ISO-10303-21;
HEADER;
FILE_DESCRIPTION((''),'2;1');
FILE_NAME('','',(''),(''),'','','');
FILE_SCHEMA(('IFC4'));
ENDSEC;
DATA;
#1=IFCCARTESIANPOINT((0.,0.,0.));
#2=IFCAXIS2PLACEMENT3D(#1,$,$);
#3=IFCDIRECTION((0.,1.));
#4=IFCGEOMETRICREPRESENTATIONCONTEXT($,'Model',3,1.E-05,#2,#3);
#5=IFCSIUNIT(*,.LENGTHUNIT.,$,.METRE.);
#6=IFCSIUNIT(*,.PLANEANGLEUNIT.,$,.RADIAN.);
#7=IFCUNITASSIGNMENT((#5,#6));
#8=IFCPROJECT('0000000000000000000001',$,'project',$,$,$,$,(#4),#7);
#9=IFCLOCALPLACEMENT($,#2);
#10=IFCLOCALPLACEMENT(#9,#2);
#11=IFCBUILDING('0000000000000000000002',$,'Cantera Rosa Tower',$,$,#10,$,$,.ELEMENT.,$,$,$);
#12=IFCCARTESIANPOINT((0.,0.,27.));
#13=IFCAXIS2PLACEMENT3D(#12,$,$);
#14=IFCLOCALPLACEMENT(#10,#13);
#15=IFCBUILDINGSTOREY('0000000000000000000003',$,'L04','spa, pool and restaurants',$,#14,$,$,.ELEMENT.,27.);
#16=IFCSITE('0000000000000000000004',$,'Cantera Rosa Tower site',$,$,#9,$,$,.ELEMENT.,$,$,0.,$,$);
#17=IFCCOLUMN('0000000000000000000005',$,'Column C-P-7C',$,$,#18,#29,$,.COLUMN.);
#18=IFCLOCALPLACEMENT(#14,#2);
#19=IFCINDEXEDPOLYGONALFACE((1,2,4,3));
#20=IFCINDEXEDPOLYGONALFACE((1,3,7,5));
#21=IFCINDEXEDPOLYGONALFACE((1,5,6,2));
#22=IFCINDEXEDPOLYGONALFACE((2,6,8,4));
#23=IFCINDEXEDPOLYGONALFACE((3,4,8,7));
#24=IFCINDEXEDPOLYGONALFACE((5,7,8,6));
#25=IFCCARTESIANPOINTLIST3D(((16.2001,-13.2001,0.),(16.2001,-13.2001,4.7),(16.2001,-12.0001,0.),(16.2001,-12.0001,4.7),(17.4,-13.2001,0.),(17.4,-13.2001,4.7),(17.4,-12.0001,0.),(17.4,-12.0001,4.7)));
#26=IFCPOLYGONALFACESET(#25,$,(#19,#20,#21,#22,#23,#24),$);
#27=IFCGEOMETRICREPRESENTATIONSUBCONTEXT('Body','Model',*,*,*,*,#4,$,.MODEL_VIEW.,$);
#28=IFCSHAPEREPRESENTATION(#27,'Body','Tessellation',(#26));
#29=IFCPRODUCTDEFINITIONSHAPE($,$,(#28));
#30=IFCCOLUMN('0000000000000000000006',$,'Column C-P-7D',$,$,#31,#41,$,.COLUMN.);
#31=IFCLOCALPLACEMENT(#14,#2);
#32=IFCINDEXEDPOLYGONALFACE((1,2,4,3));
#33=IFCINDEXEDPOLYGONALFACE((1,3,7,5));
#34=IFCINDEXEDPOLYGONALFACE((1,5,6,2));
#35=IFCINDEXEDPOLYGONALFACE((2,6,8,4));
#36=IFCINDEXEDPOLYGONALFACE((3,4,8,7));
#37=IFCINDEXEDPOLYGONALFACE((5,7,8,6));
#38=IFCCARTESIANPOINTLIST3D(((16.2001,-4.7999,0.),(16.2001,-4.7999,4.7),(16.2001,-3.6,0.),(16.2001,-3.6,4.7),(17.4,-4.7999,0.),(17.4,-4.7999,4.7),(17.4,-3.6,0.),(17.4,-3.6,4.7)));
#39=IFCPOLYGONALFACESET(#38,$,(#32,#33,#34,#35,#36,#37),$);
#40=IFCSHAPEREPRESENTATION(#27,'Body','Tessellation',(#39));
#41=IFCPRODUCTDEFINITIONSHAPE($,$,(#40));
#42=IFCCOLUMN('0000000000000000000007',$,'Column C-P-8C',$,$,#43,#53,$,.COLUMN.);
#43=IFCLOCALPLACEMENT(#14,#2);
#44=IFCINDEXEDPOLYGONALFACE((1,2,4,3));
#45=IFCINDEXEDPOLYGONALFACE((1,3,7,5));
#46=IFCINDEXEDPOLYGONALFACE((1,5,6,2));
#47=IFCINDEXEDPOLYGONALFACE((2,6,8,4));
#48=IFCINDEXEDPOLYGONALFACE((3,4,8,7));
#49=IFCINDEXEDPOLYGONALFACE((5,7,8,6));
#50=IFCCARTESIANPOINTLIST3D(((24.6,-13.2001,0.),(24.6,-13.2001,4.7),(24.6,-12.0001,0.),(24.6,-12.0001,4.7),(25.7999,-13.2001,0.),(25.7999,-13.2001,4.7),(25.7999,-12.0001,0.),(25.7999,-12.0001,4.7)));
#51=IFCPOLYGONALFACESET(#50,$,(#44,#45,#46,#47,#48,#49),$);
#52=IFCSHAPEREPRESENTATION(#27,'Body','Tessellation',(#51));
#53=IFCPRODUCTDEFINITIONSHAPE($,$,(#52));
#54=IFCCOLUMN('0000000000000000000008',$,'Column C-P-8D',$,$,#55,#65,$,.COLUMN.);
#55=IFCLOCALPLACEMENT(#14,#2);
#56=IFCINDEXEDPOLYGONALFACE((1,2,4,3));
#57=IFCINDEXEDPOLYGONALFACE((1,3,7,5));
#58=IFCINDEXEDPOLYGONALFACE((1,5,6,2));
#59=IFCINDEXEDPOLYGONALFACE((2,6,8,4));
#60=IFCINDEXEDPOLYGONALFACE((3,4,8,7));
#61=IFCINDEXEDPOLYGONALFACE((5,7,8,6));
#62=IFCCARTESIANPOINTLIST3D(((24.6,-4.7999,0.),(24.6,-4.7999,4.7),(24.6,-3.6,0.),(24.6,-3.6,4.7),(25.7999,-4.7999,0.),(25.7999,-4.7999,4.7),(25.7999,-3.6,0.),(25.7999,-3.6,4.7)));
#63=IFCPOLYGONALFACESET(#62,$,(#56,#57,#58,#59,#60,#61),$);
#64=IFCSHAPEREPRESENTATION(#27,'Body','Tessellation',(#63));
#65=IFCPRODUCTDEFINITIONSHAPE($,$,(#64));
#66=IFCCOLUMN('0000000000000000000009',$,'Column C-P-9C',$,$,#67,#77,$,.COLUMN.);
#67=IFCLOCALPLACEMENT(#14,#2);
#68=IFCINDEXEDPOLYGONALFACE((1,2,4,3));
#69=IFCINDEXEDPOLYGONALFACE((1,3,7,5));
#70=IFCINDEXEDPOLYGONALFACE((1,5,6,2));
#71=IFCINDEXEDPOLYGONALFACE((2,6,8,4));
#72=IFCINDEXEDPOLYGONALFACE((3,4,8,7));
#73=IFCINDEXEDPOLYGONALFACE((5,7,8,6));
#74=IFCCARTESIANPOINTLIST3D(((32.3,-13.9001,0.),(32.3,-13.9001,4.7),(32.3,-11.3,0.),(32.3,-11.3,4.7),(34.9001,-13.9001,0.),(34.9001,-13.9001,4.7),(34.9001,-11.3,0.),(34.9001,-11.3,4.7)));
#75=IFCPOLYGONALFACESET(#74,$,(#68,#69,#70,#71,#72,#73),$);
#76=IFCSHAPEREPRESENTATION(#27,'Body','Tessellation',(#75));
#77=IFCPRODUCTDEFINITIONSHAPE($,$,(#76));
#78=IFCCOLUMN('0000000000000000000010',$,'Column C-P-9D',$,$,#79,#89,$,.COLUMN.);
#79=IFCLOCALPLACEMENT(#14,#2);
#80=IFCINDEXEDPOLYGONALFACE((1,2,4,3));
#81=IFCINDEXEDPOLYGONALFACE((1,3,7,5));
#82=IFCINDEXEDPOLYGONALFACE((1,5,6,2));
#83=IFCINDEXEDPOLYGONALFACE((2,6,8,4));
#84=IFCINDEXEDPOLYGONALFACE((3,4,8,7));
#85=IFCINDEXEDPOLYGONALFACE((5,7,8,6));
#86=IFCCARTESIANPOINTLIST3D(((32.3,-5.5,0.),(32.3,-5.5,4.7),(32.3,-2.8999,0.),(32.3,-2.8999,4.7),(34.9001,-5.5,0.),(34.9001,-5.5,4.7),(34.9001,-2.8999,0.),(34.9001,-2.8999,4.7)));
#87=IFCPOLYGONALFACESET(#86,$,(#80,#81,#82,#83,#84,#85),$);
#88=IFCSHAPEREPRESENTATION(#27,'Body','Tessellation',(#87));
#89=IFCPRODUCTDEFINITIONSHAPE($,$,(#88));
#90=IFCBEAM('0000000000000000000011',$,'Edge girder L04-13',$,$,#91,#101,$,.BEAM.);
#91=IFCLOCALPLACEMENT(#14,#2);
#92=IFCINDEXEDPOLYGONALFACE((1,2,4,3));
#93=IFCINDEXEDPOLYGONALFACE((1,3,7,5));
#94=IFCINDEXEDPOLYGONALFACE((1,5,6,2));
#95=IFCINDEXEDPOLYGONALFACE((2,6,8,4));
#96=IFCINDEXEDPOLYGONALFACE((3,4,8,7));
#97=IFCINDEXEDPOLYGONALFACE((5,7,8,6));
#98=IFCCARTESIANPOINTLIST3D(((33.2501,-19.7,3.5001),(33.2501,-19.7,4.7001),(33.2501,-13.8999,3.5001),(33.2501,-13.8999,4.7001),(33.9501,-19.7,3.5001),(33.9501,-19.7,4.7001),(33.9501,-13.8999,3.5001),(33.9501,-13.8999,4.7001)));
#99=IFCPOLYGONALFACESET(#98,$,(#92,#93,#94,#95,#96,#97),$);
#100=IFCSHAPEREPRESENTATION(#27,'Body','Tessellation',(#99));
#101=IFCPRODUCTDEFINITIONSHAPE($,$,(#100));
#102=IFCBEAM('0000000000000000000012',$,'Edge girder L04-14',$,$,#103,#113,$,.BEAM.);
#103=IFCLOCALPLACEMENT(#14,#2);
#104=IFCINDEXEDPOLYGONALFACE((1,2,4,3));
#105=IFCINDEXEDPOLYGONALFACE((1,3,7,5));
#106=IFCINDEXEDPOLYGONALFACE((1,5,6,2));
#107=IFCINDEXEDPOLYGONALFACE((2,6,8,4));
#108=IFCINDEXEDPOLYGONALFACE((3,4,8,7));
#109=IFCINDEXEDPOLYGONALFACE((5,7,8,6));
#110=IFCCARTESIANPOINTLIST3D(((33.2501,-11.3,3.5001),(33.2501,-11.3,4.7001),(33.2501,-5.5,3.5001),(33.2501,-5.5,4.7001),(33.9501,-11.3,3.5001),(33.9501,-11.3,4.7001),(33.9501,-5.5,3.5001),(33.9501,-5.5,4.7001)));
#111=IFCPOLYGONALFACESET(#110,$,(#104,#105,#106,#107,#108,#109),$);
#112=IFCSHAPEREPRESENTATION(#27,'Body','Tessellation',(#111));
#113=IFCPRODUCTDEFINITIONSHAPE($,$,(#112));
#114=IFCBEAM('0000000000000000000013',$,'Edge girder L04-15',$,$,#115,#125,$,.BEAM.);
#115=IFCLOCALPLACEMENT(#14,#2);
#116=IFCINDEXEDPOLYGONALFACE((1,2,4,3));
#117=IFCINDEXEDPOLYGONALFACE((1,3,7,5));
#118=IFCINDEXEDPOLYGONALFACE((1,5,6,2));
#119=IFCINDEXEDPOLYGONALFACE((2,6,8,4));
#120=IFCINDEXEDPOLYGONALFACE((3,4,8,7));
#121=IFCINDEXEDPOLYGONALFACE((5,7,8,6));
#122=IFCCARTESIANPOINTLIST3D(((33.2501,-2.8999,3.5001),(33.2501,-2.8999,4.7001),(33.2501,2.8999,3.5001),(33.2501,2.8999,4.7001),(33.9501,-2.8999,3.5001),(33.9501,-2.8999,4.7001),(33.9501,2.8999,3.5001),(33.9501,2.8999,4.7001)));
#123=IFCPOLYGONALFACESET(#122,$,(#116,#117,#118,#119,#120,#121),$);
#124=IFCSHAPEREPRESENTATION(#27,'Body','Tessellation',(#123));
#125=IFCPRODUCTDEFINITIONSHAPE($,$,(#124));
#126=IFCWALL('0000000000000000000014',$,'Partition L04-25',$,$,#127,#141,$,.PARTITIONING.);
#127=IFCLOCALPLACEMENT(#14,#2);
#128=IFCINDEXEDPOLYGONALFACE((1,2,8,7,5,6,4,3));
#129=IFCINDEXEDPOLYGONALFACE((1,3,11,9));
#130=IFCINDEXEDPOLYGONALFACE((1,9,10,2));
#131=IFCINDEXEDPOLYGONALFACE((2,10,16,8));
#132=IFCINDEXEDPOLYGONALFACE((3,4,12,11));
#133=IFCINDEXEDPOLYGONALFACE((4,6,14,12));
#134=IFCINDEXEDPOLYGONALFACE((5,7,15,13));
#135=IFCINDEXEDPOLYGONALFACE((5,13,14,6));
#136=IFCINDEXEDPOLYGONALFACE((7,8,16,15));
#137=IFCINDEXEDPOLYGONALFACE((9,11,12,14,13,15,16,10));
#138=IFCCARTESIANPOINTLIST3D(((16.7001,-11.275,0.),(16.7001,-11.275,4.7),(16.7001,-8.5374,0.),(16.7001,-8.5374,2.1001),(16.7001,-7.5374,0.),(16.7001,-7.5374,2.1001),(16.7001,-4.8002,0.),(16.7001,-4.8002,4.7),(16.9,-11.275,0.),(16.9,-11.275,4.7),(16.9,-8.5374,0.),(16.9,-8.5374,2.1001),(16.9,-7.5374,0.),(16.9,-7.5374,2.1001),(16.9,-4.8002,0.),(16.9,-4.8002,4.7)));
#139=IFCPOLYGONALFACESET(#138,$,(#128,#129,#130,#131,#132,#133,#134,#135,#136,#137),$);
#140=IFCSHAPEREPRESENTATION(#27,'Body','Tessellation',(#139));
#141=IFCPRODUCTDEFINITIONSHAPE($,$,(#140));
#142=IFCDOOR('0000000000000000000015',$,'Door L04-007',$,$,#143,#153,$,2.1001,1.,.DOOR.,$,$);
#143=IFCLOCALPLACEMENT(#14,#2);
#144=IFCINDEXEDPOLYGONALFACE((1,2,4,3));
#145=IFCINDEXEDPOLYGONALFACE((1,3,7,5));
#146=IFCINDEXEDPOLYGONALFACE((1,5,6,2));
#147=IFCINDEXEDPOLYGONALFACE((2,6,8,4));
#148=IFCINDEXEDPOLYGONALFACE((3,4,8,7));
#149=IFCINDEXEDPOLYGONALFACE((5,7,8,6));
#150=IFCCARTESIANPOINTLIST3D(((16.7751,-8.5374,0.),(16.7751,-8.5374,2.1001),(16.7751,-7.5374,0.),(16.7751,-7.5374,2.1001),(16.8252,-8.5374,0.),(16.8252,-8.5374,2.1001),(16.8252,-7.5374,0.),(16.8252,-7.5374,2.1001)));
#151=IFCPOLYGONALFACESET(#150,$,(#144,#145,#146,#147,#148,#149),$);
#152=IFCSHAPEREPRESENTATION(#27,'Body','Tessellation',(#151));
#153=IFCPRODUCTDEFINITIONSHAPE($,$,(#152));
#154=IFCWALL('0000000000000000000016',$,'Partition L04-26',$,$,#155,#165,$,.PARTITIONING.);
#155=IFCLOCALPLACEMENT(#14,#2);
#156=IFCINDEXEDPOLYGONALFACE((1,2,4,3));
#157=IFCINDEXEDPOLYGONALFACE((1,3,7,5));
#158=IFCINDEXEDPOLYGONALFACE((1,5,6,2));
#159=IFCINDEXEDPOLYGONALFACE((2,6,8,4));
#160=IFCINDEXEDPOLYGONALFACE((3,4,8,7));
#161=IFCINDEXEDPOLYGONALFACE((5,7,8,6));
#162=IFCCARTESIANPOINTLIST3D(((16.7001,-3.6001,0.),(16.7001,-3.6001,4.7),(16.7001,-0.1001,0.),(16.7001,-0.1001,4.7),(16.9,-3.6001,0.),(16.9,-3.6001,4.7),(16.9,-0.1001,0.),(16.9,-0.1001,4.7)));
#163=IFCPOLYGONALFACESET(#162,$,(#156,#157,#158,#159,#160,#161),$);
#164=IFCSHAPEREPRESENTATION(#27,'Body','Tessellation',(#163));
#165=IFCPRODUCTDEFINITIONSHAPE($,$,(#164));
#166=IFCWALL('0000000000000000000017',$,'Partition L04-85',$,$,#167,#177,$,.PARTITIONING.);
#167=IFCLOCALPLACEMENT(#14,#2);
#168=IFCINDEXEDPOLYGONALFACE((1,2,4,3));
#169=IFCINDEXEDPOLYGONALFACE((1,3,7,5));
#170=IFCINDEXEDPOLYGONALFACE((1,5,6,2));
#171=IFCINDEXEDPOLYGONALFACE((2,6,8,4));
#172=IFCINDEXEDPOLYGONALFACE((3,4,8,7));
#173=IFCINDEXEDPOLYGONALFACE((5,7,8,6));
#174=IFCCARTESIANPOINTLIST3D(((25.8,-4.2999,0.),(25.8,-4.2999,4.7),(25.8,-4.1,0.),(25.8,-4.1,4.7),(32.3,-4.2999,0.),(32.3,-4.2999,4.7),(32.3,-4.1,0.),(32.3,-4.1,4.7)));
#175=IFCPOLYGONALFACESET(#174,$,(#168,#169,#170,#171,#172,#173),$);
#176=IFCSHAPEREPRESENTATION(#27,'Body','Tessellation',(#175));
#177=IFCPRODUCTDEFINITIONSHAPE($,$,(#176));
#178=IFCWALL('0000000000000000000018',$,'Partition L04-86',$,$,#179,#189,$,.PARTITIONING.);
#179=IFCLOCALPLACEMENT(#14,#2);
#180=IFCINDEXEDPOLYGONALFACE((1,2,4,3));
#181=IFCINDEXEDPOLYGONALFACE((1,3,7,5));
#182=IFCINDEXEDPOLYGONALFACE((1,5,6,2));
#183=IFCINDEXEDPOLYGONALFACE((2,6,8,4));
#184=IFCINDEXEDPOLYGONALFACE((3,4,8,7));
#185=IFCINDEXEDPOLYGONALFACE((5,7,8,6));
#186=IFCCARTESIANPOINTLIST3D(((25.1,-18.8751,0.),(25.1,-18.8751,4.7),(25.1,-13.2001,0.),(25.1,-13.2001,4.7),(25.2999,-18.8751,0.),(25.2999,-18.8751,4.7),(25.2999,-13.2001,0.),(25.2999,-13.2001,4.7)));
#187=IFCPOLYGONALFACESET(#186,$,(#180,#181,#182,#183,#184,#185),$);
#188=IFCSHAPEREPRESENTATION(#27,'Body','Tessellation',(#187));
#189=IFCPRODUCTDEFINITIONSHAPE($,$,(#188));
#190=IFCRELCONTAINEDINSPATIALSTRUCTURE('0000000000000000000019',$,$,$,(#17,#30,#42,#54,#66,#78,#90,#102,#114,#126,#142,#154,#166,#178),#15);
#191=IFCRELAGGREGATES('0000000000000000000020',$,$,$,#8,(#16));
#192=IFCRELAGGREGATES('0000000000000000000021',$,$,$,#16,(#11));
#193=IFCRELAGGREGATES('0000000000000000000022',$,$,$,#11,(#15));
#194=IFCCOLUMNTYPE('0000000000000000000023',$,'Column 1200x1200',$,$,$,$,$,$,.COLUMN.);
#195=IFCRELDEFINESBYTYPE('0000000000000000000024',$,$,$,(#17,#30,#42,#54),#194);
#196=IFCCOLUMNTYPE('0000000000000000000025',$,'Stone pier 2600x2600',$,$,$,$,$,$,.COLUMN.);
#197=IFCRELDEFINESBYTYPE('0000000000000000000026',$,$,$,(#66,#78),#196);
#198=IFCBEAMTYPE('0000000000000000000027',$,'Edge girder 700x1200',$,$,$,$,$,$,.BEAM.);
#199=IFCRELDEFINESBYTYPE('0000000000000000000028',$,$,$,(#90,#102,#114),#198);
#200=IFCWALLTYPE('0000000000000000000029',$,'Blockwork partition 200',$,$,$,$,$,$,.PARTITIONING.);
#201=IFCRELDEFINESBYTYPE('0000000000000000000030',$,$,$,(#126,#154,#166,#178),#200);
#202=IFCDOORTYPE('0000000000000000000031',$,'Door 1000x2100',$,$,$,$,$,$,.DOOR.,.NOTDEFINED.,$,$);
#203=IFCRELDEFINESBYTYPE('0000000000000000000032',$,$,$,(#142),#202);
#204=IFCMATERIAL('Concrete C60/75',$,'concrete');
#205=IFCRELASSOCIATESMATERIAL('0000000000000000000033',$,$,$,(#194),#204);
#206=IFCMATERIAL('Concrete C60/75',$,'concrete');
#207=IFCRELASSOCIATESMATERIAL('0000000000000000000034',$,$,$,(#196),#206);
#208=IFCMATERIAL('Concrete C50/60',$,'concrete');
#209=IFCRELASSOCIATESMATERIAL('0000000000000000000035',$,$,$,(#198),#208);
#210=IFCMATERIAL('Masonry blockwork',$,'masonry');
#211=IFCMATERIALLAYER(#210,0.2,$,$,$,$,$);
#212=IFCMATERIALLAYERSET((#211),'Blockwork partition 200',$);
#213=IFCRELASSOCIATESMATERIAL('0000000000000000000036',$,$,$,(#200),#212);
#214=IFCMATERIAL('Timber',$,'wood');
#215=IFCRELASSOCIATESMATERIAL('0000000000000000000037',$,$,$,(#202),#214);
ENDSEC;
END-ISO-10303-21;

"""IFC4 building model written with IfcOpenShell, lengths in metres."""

from ifc_helpers import new_model, si_unit, direction, frame, frame_2d, origin, origin_2d, place, context, subcontext, project, spatial, rectangle, extrude, material, layer, layer_set, material_profile, profile_set, type_object, element, fill, save


model = new_model("IFC4")

# Units and contexts
model_context = context("Model", 3, precision=1e-05, world=origin(), true_north=direction((0.0, 1.0)))
body_context = subcontext(model_context, "Body", "Model", "MODEL_VIEW")
ifc_project = project(units=[si_unit("LENGTHUNIT", "METRE"), si_unit("PLANEANGLEUNIT", "RADIAN")], contexts=[model_context])

# Site, building, storey
site_placement = place(None, origin())
site = spatial("IfcSite", under=ifc_project, at=site_placement, Name="Cantera Rosa Tower site", CompositionType="ELEMENT", RefElevation=0.0)
building_placement = place(site_placement, origin())
building = spatial("IfcBuilding", under=site, at=building_placement, Name="Cantera Rosa Tower", CompositionType="ELEMENT")
storey_placement = place(building_placement, frame((0.0, 0.0, 27.0)))
storey = spatial("IfcBuildingStorey", under=building, at=storey_placement, Name="L04", Description="spa, pool and restaurants", CompositionType="ELEMENT", Elevation=27.0)

# Columns
ifc_material_1 = material(Name="Concrete C60/75", Category="concrete")
ifc_material_profile_1 = material_profile(ifc_material_1, rectangle(XDim=1.2, YDim=1.2, at=origin_2d()), Name="Column 1200x1200")
ifc_profile_set_1 = profile_set([ifc_material_profile_1], Name="Concrete C60/75")
column_type_1 = type_object("IfcColumnType", Name="Column 1200x1200", PredefinedType="COLUMN", material=ifc_profile_set_1)
for number, where, z_axis, x_axis, name in (
    (1, (16.8, -12.6001, 0.0), (0.0, 0.0, 1.0), (1.0, 0.0, 0.0), "Column C-P-7C"),
    (2, (16.8, -4.2, 0.0), (0.0, 0.0, 1.0), (1.0, 0.0, 0.0), "Column C-P-7D"),
    (3, (25.2, -12.6001, 0.0), (0.0, 0.0, 1.0), (1.0, 0.0, 0.0), "Column C-P-8C"),
    (4, (25.2, -4.2, 0.0), (0.0, 0.0, 1.0), (1.0, 0.0, 0.0), "Column C-P-8D"),
):
    element("IfcColumn", number, at=place(storey_placement, frame(where, z_axis=z_axis, x_axis=x_axis)), inside=storey, type_object=column_type_1, Name=name, PredefinedType="COLUMN", context=body_context, shape_type="SweptSolid", body=[
        extrude(rectangle(XDim=1.2, YDim=1.2, at=origin_2d()), origin(), (0.0, 0.0, 1.0), 4.7),
    ])
ifc_material_2 = material(Name="Concrete C60/75", Category="concrete")
ifc_material_profile_2 = material_profile(ifc_material_2, rectangle(XDim=2.6001, YDim=2.6001, at=origin_2d()), Name="Stone pier 2600x2600")
ifc_profile_set_2 = profile_set([ifc_material_profile_2], Name="Concrete C60/75")
column_type_2 = type_object("IfcColumnType", Name="Stone pier 2600x2600", PredefinedType="COLUMN", material=ifc_profile_set_2)
for number, where, z_axis, x_axis, name in (
    (5, (33.6001, -12.6001, 0.0), (0.0, 0.0, 1.0), (1.0, 0.0, 0.0), "Column C-P-9C"),
    (6, (33.6001, -4.2, 0.0), (0.0, 0.0, 1.0), (1.0, 0.0, 0.0), "Column C-P-9D"),
):
    element("IfcColumn", number, at=place(storey_placement, frame(where, z_axis=z_axis, x_axis=x_axis)), inside=storey, type_object=column_type_2, Name=name, PredefinedType="COLUMN", context=body_context, shape_type="SweptSolid", body=[
        extrude(rectangle(XDim=2.6001, YDim=2.6001, at=origin_2d()), origin(), (0.0, 0.0, 1.0), 4.7),
    ])

# Beams
ifc_material_3 = material(Name="Concrete C50/60", Category="concrete")
ifc_material_profile_3 = material_profile(ifc_material_3, rectangle(XDim=0.7, YDim=1.2, at=origin_2d()), Name="Edge girder 700x1200")
ifc_profile_set_3 = profile_set([ifc_material_profile_3], Name="Concrete C50/60")
beam_type = type_object("IfcBeamType", Name="Edge girder 700x1200", PredefinedType="BEAM", material=ifc_profile_set_3)
for number, where, z_axis, x_axis, name in (
    (7, (33.6001, -19.7, 4.1001), (0.0, 1.0, 0.0), (-1.0, 0.0, 0.0), "Edge girder L04-13"),
    (8, (33.6001, -11.3, 4.1001), (0.0, 1.0, 0.0), (-1.0, 0.0, 0.0), "Edge girder L04-14"),
):
    element("IfcBeam", number, at=place(storey_placement, frame(where, z_axis=z_axis, x_axis=x_axis)), inside=storey, type_object=beam_type, Name=name, PredefinedType="BEAM", context=body_context, shape_type="SweptSolid", body=[
        extrude(rectangle(XDim=0.7, YDim=1.2, at=origin_2d()), origin(), (0.0, 0.0, 1.0), 5.8),
    ])
beam_placement = place(storey_placement, frame((33.6001, -2.8999, 4.1001), z_axis=(0.0, 1.0, 0.0), x_axis=(-1.0, 0.0, 0.0)))
element("IfcBeam", 9, at=beam_placement, inside=storey, type_object=beam_type, Name="Edge girder L04-15", PredefinedType="BEAM", context=body_context, shape_type="SweptSolid", body=[
    extrude(rectangle(XDim=0.7, YDim=1.2, at=origin_2d()), origin(), (0.0, 0.0, 1.0), 5.7998),
])

# Wall, opening, door
ifc_material_4 = material(Name="Masonry blockwork", Category="masonry")
ifc_layer_1 = layer(ifc_material_4, 0.2)
ifc_layer_set_1 = layer_set([ifc_layer_1], Name="Blockwork partition 200")
wall_type_1 = type_object("IfcWallType", Name="Blockwork partition 200", PredefinedType="PARTITIONING", material=ifc_layer_set_1)
wall_1_placement = place(storey_placement, frame((16.8, -11.2749, 0.0), z_axis=(0.0, 0.0, 1.0), x_axis=(0.0, 1.0, 0.0)))
wall_1 = element("IfcWall", 10, at=wall_1_placement, inside=storey, type_object=wall_type_1, Name="Partition L04-25", PredefinedType="PARTITIONING", context=body_context, shape_type="SweptSolid", body=[
    extrude(rectangle(XDim=6.4749, YDim=0.2, at=frame_2d((3.2373, 0.0))), origin(), (0.0, 0.0, 1.0), 4.7),
])
opening_1_placement = place(wall_1_placement, frame((2.7375, 0.0, 0.0)))
opening_1 = element("IfcOpeningElement", 11, at=opening_1_placement, cuts=wall_1, PredefinedType="OPENING", context=body_context, shape_type="SweptSolid", body=[
    extrude(rectangle(XDim=1.0, YDim=2.1001, at=frame_2d((0.5, 1.05))), frame((0.0, 0.1099, 0.0), z_axis=(0.0, -1.0, 0.0), x_axis=(1.0, 0.0, 0.0)), (0.0, 0.0, 1.0), 0.22),
])
ifc_material_5 = material(Name="Timber", Category="wood")
door_type_1 = type_object("IfcDoorType", Name="Door 1000x2100", OperationType="NOTDEFINED", PredefinedType="DOOR", material=ifc_material_5)
door_1_placement = place(opening_1_placement, origin())
door_1 = element("IfcDoor", 12, at=door_1_placement, inside=storey, type_object=door_type_1, Name="Door L04-007", OverallHeight=2.1001, OverallWidth=1.0, PredefinedType="DOOR", context=body_context, shape_type="SweptSolid", body=[
    extrude(rectangle(XDim=1.0, YDim=2.1001, at=frame_2d((0.5, 1.05))), frame((0.0, 0.0249, 0.0), z_axis=(0.0, -1.0, 0.0), x_axis=(1.0, 0.0, 0.0)), (0.0, 0.0, 1.0), 0.05),
])
fill(opening_1, door_1)

# Walls
wall_2_placement = place(storey_placement, frame((16.8, -3.6001, 0.0), z_axis=(0.0, 0.0, 1.0), x_axis=(0.0, 1.0, 0.0)))
element("IfcWall", 13, at=wall_2_placement, inside=storey, type_object=wall_type_1, Name="Partition L04-26", PredefinedType="PARTITIONING", context=body_context, shape_type="SweptSolid", body=[
    extrude(rectangle(XDim=3.5, YDim=0.2, at=frame_2d((1.75, 0.0))), origin(), (0.0, 0.0, 1.0), 4.7),
])
wall_3_placement = place(storey_placement, frame((25.8, -4.2, 0.0), z_axis=(0.0, 0.0, 1.0), x_axis=(1.0, 0.0, 0.0)))
element("IfcWall", 14, at=wall_3_placement, inside=storey, type_object=wall_type_1, Name="Partition L04-85", PredefinedType="PARTITIONING", context=body_context, shape_type="SweptSolid", body=[
    extrude(rectangle(XDim=6.5, YDim=0.2, at=frame_2d((3.25, 0.0))), origin(), (0.0, 0.0, 1.0), 4.7),
])
wall_4_placement = place(storey_placement, frame((25.2, -18.875, 0.0), z_axis=(0.0, 0.0, 1.0), x_axis=(0.0, 1.0, 0.0)))
element("IfcWall", 15, at=wall_4_placement, inside=storey, type_object=wall_type_1, Name="Partition L04-86", PredefinedType="PARTITIONING", context=body_context, shape_type="SweptSolid", body=[
    extrude(rectangle(XDim=5.675, YDim=0.2, at=frame_2d((2.8374, 0.0))), origin(), (0.0, 0.0, 1.0), 4.7),
])

save(model, "model.ifc")
